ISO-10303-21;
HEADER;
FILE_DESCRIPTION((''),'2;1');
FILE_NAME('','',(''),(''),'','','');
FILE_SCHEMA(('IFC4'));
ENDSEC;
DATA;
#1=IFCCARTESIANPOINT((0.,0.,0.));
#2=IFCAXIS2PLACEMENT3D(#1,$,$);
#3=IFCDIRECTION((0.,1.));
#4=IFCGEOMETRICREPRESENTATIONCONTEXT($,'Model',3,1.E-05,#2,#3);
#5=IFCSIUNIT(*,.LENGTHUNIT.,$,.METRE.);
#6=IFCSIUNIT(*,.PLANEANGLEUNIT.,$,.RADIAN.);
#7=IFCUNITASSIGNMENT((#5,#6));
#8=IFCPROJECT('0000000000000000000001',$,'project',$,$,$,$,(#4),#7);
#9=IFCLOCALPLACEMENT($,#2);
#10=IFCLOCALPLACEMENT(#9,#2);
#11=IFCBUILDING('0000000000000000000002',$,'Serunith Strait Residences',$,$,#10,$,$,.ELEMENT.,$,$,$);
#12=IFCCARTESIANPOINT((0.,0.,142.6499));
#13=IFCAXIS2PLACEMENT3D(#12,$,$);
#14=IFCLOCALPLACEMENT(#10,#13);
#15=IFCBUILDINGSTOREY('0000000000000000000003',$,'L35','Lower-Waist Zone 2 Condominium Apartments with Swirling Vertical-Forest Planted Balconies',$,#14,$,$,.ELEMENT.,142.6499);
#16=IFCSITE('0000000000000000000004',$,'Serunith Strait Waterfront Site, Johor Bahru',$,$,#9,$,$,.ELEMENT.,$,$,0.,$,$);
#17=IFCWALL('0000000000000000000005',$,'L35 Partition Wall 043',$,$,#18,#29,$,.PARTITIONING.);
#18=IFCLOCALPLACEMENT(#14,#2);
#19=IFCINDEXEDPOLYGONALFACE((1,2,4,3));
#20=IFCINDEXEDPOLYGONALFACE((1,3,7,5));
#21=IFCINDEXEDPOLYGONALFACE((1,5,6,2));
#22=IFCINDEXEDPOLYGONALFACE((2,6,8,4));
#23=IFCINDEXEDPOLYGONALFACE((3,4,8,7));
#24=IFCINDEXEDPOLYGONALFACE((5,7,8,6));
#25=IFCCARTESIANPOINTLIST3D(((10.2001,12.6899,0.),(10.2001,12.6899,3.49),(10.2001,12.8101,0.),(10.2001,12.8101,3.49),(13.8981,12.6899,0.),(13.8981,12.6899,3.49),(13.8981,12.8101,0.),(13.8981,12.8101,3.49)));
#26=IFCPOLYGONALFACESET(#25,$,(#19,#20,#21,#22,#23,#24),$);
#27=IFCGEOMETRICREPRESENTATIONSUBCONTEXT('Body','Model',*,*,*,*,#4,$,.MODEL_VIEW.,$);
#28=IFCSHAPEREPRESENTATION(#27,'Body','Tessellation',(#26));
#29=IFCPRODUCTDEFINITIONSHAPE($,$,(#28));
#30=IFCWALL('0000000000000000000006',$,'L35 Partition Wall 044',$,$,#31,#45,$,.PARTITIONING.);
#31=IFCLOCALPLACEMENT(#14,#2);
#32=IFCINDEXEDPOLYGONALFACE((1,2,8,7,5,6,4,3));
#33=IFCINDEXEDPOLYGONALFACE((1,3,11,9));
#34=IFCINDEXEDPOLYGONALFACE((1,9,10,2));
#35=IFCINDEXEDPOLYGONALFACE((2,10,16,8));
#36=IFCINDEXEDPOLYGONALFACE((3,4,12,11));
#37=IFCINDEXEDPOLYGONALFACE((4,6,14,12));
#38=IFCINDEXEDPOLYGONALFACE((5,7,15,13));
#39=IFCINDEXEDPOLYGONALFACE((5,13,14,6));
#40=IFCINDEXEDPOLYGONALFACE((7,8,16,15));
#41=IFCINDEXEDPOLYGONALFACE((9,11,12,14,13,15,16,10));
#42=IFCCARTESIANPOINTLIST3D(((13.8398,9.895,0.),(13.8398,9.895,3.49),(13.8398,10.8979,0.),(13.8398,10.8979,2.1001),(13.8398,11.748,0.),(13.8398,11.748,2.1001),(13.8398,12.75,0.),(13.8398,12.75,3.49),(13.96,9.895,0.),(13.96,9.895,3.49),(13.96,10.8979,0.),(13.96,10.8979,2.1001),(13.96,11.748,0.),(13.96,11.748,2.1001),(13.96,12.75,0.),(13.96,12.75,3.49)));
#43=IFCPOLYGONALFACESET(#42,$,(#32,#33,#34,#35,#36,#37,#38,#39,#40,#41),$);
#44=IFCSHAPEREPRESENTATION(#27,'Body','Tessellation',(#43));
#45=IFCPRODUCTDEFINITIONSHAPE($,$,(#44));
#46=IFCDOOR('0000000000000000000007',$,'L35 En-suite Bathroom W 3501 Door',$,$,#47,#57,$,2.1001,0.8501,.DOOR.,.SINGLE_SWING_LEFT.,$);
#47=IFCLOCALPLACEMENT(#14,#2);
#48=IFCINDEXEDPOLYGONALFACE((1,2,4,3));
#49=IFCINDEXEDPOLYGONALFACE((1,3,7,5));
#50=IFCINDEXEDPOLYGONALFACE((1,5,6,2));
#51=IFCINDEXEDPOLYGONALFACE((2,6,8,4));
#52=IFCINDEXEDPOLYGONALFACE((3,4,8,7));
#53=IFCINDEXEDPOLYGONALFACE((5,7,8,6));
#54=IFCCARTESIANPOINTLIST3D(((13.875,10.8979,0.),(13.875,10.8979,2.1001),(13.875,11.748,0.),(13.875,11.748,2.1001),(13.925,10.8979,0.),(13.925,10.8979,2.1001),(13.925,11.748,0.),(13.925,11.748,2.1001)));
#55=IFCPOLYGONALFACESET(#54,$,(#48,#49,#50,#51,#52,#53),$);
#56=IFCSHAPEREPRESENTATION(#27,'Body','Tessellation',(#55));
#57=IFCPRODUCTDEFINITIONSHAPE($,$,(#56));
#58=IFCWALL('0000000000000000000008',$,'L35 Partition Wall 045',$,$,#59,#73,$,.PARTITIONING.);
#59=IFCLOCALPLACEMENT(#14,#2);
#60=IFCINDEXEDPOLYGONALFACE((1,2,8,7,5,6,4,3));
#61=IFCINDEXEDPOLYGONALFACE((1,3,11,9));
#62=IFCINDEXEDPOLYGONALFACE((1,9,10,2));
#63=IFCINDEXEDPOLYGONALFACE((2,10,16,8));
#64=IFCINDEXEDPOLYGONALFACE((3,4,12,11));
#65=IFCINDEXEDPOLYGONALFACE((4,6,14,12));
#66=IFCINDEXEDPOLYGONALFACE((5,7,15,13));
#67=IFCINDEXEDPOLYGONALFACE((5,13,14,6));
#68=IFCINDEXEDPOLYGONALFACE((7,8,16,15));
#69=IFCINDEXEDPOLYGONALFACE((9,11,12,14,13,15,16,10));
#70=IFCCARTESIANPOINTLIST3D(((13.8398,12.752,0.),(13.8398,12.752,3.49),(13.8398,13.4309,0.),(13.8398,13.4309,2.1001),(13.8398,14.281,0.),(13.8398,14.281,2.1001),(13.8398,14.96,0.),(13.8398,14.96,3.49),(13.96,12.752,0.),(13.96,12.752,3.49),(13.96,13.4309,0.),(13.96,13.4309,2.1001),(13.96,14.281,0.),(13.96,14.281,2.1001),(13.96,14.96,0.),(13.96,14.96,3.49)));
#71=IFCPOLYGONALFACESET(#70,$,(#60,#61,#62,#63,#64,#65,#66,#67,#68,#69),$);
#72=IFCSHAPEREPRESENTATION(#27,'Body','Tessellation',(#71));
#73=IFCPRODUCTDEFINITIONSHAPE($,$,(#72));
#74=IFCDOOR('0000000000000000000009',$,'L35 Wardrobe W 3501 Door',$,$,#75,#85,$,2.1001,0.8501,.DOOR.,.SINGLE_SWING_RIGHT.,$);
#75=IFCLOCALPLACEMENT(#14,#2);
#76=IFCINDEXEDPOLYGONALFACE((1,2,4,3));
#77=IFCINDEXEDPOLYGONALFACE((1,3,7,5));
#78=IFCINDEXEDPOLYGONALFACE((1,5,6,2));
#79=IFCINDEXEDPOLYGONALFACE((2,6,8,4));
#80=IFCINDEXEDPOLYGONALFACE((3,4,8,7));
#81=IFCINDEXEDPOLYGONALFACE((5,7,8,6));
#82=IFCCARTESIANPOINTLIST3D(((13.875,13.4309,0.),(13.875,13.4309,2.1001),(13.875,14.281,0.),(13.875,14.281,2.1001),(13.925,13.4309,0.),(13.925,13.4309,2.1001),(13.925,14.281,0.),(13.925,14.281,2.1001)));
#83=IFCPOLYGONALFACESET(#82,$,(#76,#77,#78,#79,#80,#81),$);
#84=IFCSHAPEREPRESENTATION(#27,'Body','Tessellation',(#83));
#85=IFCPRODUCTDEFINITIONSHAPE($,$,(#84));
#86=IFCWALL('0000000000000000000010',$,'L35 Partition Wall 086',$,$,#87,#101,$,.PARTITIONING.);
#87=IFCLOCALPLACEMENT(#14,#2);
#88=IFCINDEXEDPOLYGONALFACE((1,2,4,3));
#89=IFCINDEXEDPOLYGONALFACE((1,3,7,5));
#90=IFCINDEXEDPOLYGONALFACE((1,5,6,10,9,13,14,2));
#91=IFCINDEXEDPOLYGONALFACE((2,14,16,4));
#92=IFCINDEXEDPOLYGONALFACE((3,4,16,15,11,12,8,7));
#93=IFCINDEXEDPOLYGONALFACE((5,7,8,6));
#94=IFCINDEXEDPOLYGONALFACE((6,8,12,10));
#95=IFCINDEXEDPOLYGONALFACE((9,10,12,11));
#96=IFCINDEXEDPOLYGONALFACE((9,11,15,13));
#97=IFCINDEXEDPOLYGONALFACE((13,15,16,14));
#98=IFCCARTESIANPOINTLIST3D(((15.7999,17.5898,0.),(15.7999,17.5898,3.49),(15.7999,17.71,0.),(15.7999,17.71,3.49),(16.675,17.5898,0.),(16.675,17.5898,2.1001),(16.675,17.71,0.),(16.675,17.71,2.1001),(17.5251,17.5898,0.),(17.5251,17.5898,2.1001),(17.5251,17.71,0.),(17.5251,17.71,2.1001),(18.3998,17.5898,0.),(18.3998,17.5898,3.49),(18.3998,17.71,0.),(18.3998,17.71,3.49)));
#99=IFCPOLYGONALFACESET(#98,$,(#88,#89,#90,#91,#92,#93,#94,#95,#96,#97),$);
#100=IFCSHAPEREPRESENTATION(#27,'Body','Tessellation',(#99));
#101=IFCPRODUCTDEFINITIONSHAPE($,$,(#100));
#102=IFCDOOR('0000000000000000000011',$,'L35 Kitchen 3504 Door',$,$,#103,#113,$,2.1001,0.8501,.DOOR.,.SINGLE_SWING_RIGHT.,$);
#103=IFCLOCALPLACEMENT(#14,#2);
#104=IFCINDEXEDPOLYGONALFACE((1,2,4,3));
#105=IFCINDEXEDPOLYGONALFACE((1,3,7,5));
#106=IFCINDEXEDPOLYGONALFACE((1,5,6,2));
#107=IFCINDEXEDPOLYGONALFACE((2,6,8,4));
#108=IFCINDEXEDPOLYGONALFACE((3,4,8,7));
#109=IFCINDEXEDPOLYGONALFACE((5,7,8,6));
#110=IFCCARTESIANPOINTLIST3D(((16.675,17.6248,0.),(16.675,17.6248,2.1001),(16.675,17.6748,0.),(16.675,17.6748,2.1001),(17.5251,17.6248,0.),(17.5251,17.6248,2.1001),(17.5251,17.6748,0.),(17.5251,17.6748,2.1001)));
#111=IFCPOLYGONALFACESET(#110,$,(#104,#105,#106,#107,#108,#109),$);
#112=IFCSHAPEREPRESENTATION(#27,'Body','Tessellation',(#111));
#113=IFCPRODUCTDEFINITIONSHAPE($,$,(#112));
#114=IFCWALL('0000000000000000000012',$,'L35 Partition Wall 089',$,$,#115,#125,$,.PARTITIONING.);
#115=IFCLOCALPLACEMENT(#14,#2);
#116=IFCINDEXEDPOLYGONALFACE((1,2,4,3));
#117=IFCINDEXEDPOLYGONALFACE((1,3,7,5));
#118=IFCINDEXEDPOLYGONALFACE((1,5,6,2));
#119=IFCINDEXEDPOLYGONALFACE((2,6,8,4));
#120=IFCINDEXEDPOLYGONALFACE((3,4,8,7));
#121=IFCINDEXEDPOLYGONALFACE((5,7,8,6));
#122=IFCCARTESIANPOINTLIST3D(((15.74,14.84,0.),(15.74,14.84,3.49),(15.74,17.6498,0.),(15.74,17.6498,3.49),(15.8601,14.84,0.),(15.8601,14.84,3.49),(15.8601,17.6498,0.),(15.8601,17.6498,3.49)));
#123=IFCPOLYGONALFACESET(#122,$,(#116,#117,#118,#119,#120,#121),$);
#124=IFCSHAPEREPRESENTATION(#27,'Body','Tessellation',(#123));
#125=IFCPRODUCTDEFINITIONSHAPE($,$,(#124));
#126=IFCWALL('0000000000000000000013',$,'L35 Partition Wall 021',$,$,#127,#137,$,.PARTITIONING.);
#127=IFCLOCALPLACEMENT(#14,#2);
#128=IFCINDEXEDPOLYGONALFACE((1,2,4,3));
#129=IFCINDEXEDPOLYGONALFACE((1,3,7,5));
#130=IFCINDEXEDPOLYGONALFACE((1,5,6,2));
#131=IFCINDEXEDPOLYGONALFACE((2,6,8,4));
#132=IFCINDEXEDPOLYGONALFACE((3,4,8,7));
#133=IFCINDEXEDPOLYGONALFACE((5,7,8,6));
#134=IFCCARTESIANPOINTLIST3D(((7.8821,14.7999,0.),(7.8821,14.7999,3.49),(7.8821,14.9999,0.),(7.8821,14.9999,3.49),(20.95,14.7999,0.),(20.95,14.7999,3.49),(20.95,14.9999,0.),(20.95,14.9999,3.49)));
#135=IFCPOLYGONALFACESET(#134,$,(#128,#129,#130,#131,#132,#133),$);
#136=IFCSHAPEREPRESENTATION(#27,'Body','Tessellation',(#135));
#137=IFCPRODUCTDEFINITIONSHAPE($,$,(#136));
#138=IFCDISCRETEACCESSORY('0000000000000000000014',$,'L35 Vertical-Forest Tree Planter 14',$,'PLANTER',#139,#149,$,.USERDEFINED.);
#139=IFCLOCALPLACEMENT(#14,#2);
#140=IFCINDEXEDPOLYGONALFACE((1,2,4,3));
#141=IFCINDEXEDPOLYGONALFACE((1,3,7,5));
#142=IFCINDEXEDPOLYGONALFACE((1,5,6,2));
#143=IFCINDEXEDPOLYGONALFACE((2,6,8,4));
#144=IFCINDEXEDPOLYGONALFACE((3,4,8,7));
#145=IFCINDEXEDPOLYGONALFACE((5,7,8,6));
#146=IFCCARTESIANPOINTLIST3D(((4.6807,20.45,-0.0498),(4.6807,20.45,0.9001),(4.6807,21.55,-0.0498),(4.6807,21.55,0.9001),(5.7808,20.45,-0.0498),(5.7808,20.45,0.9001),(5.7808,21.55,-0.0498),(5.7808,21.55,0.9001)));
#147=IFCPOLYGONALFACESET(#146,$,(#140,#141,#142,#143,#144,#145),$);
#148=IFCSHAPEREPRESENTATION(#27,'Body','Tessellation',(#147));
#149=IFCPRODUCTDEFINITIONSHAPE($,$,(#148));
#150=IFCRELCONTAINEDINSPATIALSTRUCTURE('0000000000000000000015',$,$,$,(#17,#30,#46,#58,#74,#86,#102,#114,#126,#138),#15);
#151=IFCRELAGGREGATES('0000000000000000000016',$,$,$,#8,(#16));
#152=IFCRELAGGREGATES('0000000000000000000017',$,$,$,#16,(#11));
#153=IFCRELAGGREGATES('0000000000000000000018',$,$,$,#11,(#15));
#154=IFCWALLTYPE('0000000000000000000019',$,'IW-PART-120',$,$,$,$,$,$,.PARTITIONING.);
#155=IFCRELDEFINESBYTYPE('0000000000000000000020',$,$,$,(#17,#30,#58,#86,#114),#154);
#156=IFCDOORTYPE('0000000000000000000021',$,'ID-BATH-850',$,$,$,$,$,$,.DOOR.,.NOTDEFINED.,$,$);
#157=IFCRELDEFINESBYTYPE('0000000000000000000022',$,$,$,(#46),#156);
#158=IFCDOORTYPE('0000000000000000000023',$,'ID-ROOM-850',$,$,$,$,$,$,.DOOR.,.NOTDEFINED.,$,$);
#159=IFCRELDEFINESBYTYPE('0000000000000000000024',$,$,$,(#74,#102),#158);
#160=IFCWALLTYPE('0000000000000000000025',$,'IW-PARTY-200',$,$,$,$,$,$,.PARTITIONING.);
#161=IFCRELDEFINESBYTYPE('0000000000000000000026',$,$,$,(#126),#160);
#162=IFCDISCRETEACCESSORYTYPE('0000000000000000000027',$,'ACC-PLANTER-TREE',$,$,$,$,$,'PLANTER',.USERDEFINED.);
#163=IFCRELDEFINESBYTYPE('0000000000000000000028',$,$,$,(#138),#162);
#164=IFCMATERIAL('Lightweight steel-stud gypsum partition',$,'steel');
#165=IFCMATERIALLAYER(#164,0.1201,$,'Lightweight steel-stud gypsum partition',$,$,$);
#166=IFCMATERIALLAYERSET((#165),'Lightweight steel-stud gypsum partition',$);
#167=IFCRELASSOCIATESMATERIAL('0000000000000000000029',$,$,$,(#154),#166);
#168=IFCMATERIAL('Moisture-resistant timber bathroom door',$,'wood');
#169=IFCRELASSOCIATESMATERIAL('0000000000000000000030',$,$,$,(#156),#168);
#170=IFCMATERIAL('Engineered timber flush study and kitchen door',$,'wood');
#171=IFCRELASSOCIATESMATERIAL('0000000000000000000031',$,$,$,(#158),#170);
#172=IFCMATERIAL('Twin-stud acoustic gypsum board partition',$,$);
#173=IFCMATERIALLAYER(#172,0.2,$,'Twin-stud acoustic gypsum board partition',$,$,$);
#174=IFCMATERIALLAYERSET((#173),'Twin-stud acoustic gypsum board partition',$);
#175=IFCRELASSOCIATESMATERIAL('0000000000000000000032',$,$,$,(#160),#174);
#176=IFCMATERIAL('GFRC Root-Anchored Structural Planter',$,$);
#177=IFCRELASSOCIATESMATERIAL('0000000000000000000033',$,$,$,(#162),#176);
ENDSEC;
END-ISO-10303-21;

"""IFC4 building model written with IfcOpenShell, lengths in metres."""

from ifc_helpers import new_model, si_unit, direction, frame, frame_2d, origin, origin_2d, place, context, subcontext, project, spatial, rectangle, extrude, source, transform, mapped, material, layer, layer_set, type_object, element, fill, save


model = new_model("IFC4")

# Units and contexts
model_context = context("Model", 3, precision=1e-05, world=origin(), true_north=direction((0.0, 1.0)))
body_context = subcontext(model_context, "Body", "Model", "MODEL_VIEW")
ifc_project = project(units=[si_unit("LENGTHUNIT", "METRE"), si_unit("PLANEANGLEUNIT", "RADIAN")], contexts=[model_context])

# Site, building, storey
site_placement = place(None, origin())
site = spatial("IfcSite", under=ifc_project, at=site_placement, Name="Serunith Strait Waterfront Site, Johor Bahru", CompositionType="ELEMENT", RefElevation=0.0)
building_placement = place(site_placement, origin())
building = spatial("IfcBuilding", under=site, at=building_placement, Name="Serunith Strait Residences", CompositionType="ELEMENT")
storey_placement = place(building_placement, frame((0.0, 0.0, 142.6499)))
storey = spatial("IfcBuildingStorey", under=building, at=storey_placement, Name="L35", Description="Lower-Waist Zone 2 Condominium Apartments with Swirling Vertical-Forest Planted Balconies", CompositionType="ELEMENT", Elevation=142.6499)

# Shared definitions
ifc_material_1 = material(Name="Lightweight steel-stud gypsum partition", Category="steel")
ifc_layer_1 = layer(ifc_material_1, 0.1201, Name="Lightweight steel-stud gypsum partition")
ifc_layer_set_1 = layer_set([ifc_layer_1], Name="Lightweight steel-stud gypsum partition")
wall_type_1 = type_object("IfcWallType", Name="IW-PART-120", PredefinedType="PARTITIONING", material=ifc_layer_set_1)
ifc_material_2 = material(Name="Moisture-resistant timber bathroom door", Category="wood")
door_type_1 = type_object("IfcDoorType", Name="ID-BATH-850", OperationType="NOTDEFINED", PredefinedType="DOOR", material=ifc_material_2)
shared_shape_1 = source(origin(), body_context, "Body", "SweptSolid", [
    extrude(rectangle(XDim=0.8501, YDim=2.1001, at=frame_2d((0.425, 1.05))), frame((0.0, 0.0249, 0.0), z_axis=(0.0, -1.0, 0.0), x_axis=(1.0, 0.0, 0.0)), (0.0, 0.0, 1.0), 0.05),
])

# Wall
wall_1_placement = place(storey_placement, frame((10.2, 12.75, 0.0), z_axis=(0.0, 0.0, 1.0), x_axis=(1.0, 0.0, 0.0)))
element("IfcWall", 1, at=wall_1_placement, inside=storey, type_object=wall_type_1, Name="L35 Partition Wall 043", PredefinedType="PARTITIONING", context=body_context, shape_type="SweptSolid", body=[
    extrude(rectangle(XDim=3.698, YDim=0.1201, at=frame_2d((1.8491, 0.0))), origin(), (0.0, 0.0, 1.0), 3.49),
])

# Walls, openings, doors
wall_2_placement = place(storey_placement, frame((13.8999, 9.895, 0.0), z_axis=(0.0, 0.0, 1.0), x_axis=(0.0, 1.0, 0.0)))
wall_2 = element("IfcWall", 2, at=wall_2_placement, inside=storey, type_object=wall_type_1, Name="L35 Partition Wall 044", PredefinedType="PARTITIONING", context=body_context, shape_type="SweptSolid", body=[
    extrude(rectangle(XDim=2.855, YDim=0.1201, at=frame_2d((1.4275, 0.0))), origin(), (0.0, 0.0, 1.0), 3.49),
])
opening_1_placement = place(wall_2_placement, frame((1.0029, 0.0, 0.0)))
opening_1 = element("IfcOpeningElement", 3, at=opening_1_placement, cuts=wall_2, PredefinedType="OPENING", context=body_context, shape_type="SweptSolid", body=[
    extrude(rectangle(XDim=0.8501, YDim=2.1001, at=frame_2d((0.425, 1.05))), frame((0.0, 0.0701, 0.0), z_axis=(0.0, -1.0, 0.0), x_axis=(1.0, 0.0, 0.0)), (0.0, 0.0, 1.0), 0.1401),
])
door_1_placement = place(opening_1_placement, origin())
door_1 = element("IfcDoor", 4, at=door_1_placement, inside=storey, type_object=door_type_1, Name="L35 En-suite Bathroom W 3501 Door", OperationType="SINGLE_SWING_LEFT", OverallHeight=2.1001, OverallWidth=0.8501, PredefinedType="DOOR", context=body_context, shape_type="MappedRepresentation", body=[
    mapped(shared_shape_1, transform((0.0, 0.0, 0.0), scale=1.0)),
])
fill(opening_1, door_1)
wall_3_placement = place(storey_placement, frame((13.8999, 12.752, 0.0), z_axis=(0.0, 0.0, 1.0), x_axis=(0.0, 1.0, 0.0)))
wall_3 = element("IfcWall", 5, at=wall_3_placement, inside=storey, type_object=wall_type_1, Name="L35 Partition Wall 045", PredefinedType="PARTITIONING", context=body_context, shape_type="SweptSolid", body=[
    extrude(rectangle(XDim=2.208, YDim=0.1201, at=frame_2d((1.104, 0.0))), origin(), (0.0, 0.0, 1.0), 3.49),
])
opening_2_placement = place(wall_3_placement, frame((0.679, 0.0, 0.0)))
opening_2 = element("IfcOpeningElement", 6, at=opening_2_placement, cuts=wall_3, PredefinedType="OPENING", context=body_context, shape_type="SweptSolid", body=[
    extrude(rectangle(XDim=0.8501, YDim=2.1001, at=frame_2d((0.425, 1.05))), frame((0.0, 0.0701, 0.0), z_axis=(0.0, -1.0, 0.0), x_axis=(1.0, 0.0, 0.0)), (0.0, 0.0, 1.0), 0.1401),
])
ifc_material_3 = material(Name="Engineered timber flush study and kitchen door", Category="wood")
door_type_2 = type_object("IfcDoorType", Name="ID-ROOM-850", OperationType="NOTDEFINED", PredefinedType="DOOR", material=ifc_material_3)
door_2_placement = place(opening_2_placement, origin())
door_2 = element("IfcDoor", 7, at=door_2_placement, inside=storey, type_object=door_type_2, Name="L35 Wardrobe W 3501 Door", OperationType="SINGLE_SWING_RIGHT", OverallHeight=2.1001, OverallWidth=0.8501, PredefinedType="DOOR", context=body_context, shape_type="MappedRepresentation", body=[
    mapped(shared_shape_1, transform((0.0, 0.0, 0.0), scale=1.0)),
])
fill(opening_2, door_2)
wall_4_placement = place(storey_placement, frame((15.8, 17.6499, 0.0), z_axis=(0.0, 0.0, 1.0), x_axis=(1.0, 0.0, 0.0)))
wall_4 = element("IfcWall", 8, at=wall_4_placement, inside=storey, type_object=wall_type_1, Name="L35 Partition Wall 086", PredefinedType="PARTITIONING", context=body_context, shape_type="SweptSolid", body=[
    extrude(rectangle(XDim=2.5999, YDim=0.1201, at=frame_2d((1.2998, 0.0))), origin(), (0.0, 0.0, 1.0), 3.49),
])
opening_3_placement = place(wall_4_placement, frame((0.875, 0.0, 0.0)))
opening_3 = element("IfcOpeningElement", 9, at=opening_3_placement, cuts=wall_4, PredefinedType="OPENING", context=body_context, shape_type="SweptSolid", body=[
    extrude(rectangle(XDim=0.8501, YDim=2.1001, at=frame_2d((0.425, 1.05))), frame((0.0, 0.0701, 0.0), z_axis=(0.0, -1.0, 0.0), x_axis=(1.0, 0.0, 0.0)), (0.0, 0.0, 1.0), 0.1401),
])
door_3_placement = place(opening_3_placement, origin())
door_3 = element("IfcDoor", 10, at=door_3_placement, inside=storey, type_object=door_type_2, Name="L35 Kitchen 3504 Door", OperationType="SINGLE_SWING_RIGHT", OverallHeight=2.1001, OverallWidth=0.8501, PredefinedType="DOOR", context=body_context, shape_type="MappedRepresentation", body=[
    mapped(shared_shape_1, transform((0.0, 0.0, 0.0), scale=1.0)),
])
fill(opening_3, door_3)

# Walls
wall_5_placement = place(storey_placement, frame((15.8, 14.8401, 0.0), z_axis=(0.0, 0.0, 1.0), x_axis=(0.0, 1.0, 0.0)))
element("IfcWall", 11, at=wall_5_placement, inside=storey, type_object=wall_type_1, Name="L35 Partition Wall 089", PredefinedType="PARTITIONING", context=body_context, shape_type="SweptSolid", body=[
    extrude(rectangle(XDim=2.8098, YDim=0.1201, at=frame_2d((1.4048, 0.0))), origin(), (0.0, 0.0, 1.0), 3.49),
])
ifc_material_4 = material(Name="Twin-stud acoustic gypsum board partition")
ifc_layer_2 = layer(ifc_material_4, 0.2, Name="Twin-stud acoustic gypsum board partition")
ifc_layer_set_2 = layer_set([ifc_layer_2], Name="Twin-stud acoustic gypsum board partition")
wall_type_2 = type_object("IfcWallType", Name="IW-PARTY-200", PredefinedType="PARTITIONING", material=ifc_layer_set_2)
wall_6_placement = place(storey_placement, frame((7.8821, 14.8999, 0.0), z_axis=(0.0, 0.0, 1.0), x_axis=(1.0, 0.0, 0.0)))
element("IfcWall", 12, at=wall_6_placement, inside=storey, type_object=wall_type_2, Name="L35 Partition Wall 021", PredefinedType="PARTITIONING", context=body_context, shape_type="SweptSolid", body=[
    extrude(rectangle(XDim=13.0679, YDim=0.2, at=frame_2d((6.5339, 0.0))), origin(), (0.0, 0.0, 1.0), 3.49),
])

# Discrete accessory
ifc_material_5 = material(Name="GFRC Root-Anchored Structural Planter")
discrete_accessory_type = type_object("IfcDiscreteAccessoryType", Name="ACC-PLANTER-TREE", ElementType="PLANTER", PredefinedType="USERDEFINED", material=ifc_material_5)
shared_shape_2 = source(origin(), body_context, "Body", "SweptSolid", [
    extrude(rectangle(XDim=1.1001, YDim=1.1001, at=origin_2d()), origin(), (0.0, 0.0, 1.0), 0.95),
])
discrete_accessory_placement = place(storey_placement, frame((5.2307, 21.0, -0.0498), z_axis=(0.0, 0.0, 1.0), x_axis=(0.0, -1.0, 0.0)))
element("IfcDiscreteAccessory", 13, at=discrete_accessory_placement, inside=storey, type_object=discrete_accessory_type, Name="L35 Vertical-Forest Tree Planter 14", ObjectType="PLANTER", PredefinedType="USERDEFINED", context=body_context, shape_type="MappedRepresentation", body=[
    mapped(shared_shape_2, transform((0.0, 0.0, 0.0), scale=1.0)),
])

save(model, "model.ifc")
